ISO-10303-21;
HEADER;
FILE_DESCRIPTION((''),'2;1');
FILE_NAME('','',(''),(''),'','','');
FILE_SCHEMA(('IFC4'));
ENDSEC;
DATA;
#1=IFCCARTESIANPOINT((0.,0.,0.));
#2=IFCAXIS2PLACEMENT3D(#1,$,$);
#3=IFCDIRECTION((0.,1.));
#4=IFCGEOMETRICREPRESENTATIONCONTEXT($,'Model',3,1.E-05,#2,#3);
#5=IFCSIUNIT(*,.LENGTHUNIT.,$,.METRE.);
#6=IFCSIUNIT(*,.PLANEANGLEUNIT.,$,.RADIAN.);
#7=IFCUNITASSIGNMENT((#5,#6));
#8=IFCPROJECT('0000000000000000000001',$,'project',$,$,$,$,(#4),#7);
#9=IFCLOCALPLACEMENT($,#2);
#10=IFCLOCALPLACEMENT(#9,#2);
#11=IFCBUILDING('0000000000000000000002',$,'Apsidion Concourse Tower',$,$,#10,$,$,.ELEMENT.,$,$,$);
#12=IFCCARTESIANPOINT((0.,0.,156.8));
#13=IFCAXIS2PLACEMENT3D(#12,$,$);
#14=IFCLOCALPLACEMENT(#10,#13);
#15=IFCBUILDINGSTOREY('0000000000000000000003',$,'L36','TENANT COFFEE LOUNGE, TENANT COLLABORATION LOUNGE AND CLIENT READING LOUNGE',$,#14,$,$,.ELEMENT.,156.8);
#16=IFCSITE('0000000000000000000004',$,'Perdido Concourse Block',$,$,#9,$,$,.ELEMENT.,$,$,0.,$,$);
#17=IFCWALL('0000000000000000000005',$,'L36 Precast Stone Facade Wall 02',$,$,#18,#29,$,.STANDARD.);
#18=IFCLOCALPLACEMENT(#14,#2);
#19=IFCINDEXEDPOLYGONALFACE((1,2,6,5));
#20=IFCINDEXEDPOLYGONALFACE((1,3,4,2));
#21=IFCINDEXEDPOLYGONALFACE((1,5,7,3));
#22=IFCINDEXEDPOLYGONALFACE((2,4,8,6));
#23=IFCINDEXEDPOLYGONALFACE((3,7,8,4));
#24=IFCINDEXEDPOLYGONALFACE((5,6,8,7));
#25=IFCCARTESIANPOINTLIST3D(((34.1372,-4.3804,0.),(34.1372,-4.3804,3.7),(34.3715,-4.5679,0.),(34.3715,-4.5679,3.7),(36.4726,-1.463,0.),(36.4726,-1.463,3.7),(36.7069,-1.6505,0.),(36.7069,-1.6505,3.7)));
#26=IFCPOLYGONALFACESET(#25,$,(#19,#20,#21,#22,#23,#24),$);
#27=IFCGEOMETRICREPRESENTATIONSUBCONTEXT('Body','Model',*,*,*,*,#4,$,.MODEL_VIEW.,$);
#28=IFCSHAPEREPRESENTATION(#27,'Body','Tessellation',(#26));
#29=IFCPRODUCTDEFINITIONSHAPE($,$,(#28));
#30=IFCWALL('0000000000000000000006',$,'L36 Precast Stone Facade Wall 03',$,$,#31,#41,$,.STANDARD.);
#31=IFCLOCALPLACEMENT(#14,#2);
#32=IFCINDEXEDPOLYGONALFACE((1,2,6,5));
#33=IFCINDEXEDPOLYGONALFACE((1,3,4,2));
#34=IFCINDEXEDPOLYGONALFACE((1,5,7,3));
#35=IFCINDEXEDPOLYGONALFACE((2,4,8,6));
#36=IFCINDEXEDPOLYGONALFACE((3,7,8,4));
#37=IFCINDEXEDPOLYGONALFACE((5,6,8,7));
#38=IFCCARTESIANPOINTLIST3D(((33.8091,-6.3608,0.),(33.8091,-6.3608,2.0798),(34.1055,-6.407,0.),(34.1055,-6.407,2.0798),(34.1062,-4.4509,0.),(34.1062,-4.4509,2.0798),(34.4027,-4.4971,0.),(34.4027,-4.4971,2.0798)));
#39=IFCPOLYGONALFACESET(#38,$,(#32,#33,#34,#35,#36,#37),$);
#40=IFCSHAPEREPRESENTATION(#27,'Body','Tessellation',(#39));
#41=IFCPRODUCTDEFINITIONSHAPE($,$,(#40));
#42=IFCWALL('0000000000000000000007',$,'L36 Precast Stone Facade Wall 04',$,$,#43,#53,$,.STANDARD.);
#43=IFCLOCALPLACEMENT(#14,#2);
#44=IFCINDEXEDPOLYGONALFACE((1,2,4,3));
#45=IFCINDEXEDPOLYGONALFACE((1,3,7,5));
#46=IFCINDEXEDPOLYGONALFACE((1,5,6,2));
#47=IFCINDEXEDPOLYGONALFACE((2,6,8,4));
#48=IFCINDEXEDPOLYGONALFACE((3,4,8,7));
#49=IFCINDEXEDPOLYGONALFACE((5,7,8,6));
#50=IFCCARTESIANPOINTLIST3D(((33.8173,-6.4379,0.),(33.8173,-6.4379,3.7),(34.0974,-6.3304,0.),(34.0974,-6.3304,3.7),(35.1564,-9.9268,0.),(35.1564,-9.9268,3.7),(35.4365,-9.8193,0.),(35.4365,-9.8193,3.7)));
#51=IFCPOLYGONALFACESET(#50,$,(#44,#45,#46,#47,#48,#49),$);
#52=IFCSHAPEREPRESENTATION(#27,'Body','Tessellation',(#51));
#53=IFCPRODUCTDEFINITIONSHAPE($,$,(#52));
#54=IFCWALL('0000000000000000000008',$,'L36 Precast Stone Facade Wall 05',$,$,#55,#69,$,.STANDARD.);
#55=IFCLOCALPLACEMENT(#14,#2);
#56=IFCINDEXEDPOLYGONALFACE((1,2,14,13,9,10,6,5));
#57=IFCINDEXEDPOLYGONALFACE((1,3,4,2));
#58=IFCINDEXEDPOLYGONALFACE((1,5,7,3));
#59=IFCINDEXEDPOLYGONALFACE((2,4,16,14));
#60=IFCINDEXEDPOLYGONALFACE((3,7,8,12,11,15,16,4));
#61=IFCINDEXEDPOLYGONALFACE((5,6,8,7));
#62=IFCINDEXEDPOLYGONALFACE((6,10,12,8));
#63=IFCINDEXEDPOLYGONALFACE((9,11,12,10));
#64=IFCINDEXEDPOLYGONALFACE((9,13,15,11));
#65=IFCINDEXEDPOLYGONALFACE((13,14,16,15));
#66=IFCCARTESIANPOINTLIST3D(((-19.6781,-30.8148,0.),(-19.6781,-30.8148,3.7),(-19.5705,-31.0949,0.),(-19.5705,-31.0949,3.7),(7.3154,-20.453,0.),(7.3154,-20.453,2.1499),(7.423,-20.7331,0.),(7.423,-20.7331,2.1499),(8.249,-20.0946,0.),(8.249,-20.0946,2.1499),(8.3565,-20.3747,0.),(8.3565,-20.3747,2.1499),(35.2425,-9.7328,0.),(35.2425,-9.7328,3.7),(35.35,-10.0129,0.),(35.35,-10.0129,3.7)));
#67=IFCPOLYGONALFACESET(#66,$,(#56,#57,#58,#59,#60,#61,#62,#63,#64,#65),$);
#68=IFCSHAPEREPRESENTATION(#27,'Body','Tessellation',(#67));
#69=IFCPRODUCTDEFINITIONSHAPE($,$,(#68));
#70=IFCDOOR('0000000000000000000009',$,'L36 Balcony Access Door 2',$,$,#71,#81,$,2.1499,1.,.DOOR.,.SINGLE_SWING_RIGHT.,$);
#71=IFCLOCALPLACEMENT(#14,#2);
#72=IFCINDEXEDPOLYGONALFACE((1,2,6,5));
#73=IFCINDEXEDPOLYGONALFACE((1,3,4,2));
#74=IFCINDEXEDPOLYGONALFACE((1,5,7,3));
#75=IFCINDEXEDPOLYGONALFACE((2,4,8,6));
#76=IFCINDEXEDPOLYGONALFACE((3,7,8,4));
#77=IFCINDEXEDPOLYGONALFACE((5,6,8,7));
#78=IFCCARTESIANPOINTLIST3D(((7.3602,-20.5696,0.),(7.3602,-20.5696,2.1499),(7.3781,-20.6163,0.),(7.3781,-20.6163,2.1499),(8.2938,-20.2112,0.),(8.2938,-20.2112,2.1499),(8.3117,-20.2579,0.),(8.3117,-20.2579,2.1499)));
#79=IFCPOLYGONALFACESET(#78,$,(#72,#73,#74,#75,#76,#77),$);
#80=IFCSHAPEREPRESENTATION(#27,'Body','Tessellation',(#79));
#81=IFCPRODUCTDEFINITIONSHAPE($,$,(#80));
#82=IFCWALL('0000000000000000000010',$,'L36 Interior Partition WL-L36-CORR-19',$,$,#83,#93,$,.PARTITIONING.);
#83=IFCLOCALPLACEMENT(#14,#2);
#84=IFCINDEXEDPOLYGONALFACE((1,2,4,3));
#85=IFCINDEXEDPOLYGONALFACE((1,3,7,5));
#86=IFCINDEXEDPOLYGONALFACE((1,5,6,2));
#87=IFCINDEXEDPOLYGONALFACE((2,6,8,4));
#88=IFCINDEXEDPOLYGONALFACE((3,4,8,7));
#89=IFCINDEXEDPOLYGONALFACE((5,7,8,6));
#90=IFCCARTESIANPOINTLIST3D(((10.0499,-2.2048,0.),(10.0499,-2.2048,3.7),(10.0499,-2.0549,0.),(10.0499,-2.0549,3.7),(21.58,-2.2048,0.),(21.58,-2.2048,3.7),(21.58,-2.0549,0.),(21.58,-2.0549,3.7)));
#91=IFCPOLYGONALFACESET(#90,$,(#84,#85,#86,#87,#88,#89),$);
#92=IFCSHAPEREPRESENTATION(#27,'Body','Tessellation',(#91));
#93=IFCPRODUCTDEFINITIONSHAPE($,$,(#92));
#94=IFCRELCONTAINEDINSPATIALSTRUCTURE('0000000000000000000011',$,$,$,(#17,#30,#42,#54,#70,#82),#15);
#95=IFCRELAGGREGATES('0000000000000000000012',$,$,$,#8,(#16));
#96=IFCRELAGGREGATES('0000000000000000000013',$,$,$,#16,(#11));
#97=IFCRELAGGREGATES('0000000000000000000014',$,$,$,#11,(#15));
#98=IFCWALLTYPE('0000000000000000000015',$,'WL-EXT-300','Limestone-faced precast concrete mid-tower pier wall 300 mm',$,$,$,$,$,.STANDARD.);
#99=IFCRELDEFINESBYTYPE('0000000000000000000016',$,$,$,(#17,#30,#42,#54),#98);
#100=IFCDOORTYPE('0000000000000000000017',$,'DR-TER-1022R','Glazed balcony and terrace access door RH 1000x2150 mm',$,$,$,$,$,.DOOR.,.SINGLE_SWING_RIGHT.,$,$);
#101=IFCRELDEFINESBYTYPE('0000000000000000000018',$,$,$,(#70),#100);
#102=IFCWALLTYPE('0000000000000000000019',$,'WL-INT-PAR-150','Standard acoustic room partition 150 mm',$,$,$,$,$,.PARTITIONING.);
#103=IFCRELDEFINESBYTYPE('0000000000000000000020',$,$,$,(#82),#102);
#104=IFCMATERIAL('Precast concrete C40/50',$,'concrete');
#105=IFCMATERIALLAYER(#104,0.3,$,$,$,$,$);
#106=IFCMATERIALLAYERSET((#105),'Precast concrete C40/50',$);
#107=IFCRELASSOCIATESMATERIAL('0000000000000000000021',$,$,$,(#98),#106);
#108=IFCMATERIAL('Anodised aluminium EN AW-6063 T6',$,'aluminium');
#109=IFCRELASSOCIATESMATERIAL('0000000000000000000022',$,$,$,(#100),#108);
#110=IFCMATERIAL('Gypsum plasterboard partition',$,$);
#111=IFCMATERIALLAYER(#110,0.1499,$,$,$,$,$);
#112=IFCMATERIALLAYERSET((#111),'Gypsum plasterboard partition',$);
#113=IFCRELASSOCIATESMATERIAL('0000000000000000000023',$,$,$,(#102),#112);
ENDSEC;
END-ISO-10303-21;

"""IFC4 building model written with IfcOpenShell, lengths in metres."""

from ifc_helpers import new_model, si_unit, direction, frame, frame_2d, origin, place, context, subcontext, project, spatial, rectangle, extrude, material, layer, layer_set, type_object, element, fill, save


model = new_model("IFC4")

# Units and contexts
model_context = context("Model", 3, precision=1e-05, world=origin(), true_north=direction((0.0, 1.0)))
body_context = subcontext(model_context, "Body", "Model", "MODEL_VIEW")
ifc_project = project(units=[si_unit("LENGTHUNIT", "METRE"), si_unit("PLANEANGLEUNIT", "RADIAN")], contexts=[model_context])

# Site, building, storey
site_placement = place(None, origin())
site = spatial("IfcSite", under=ifc_project, at=site_placement, Name="Perdido Concourse Block", CompositionType="ELEMENT", RefElevation=0.0)
building_placement = place(site_placement, origin())
building = spatial("IfcBuilding", under=site, at=building_placement, Name="Apsidion Concourse Tower", CompositionType="ELEMENT")
storey_placement = place(building_placement, frame((0.0, 0.0, 156.8)))
storey = spatial("IfcBuildingStorey", under=building, at=storey_placement, Name="L36", Description="TENANT COFFEE LOUNGE, TENANT COLLABORATION LOUNGE AND CLIENT READING LOUNGE", CompositionType="ELEMENT", Elevation=156.8)

# Walls
ifc_material_1 = material(Name="Precast concrete C40/50", Category="concrete")
ifc_layer_1 = layer(ifc_material_1, 0.3)
ifc_layer_set_1 = layer_set([ifc_layer_1], Name="Precast concrete C40/50")
wall_type_1 = type_object("IfcWallType", Name="WL-EXT-300", Description="Limestone-faced precast concrete mid-tower pier wall 300 mm", PredefinedType="STANDARD", material=ifc_layer_set_1)
wall_1_placement = place(storey_placement, frame((36.5898, -1.5566, 0.0), z_axis=(0.0, 0.0, 1.0), x_axis=(-0.624934, -0.780678, 0.0)))
element("IfcWall", 1, at=wall_1_placement, inside=storey, type_object=wall_type_1, Name="L36 Precast Stone Facade Wall 02", PredefinedType="STANDARD", context=body_context, shape_type="SweptSolid", body=[
    extrude(rectangle(XDim=3.7371, YDim=0.3, at=frame_2d((1.8687, 0.0))), origin(), (0.0, 0.0, 1.0), 3.7),
])
wall_2_placement = place(storey_placement, frame((34.2544, -4.4741, 0.0), z_axis=(0.0, 0.0, 1.0), x_axis=(-0.153718, -0.988115, 0.0)))
element("IfcWall", 2, at=wall_2_placement, inside=storey, type_object=wall_type_1, Name="L36 Precast Stone Facade Wall 03", PredefinedType="STANDARD", context=body_context, shape_type="SweptSolid", body=[
    extrude(rectangle(XDim=1.9329, YDim=0.3, at=frame_2d((0.9663, 0.0))), origin(), (0.0, 0.0, 1.0), 2.0798),
])
wall_3_placement = place(storey_placement, frame((33.9573, -6.384, 0.0), z_axis=(0.0, 0.0, 1.0), x_axis=(0.358344, -0.93359, 0.0)))
element("IfcWall", 3, at=wall_3_placement, inside=storey, type_object=wall_type_1, Name="L36 Precast Stone Facade Wall 04", PredefinedType="STANDARD", context=body_context, shape_type="SweptSolid", body=[
    extrude(rectangle(XDim=3.7371, YDim=0.3, at=frame_2d((1.8687, 0.0))), origin(), (0.0, 0.0, 1.0), 3.7),
])

# Wall, opening, door
wall_4_placement = place(storey_placement, frame((35.2964, -9.8728, 0.0), z_axis=(0.0, 0.0, 1.0), x_axis=(-0.933581, -0.358367, 0.0)))
wall_4 = element("IfcWall", 4, at=wall_4_placement, inside=storey, type_object=wall_type_1, Name="L36 Precast Stone Facade Wall 05", PredefinedType="STANDARD", context=body_context, shape_type="SweptSolid", body=[
    extrude(rectangle(XDim=58.8279, YDim=0.3, at=frame_2d((29.4141, 0.0))), origin(), (0.0, 0.0, 1.0), 3.7),
])
opening_placement = place(wall_4_placement, frame((28.9141, 0.0, 0.0)))
opening = element("IfcOpeningElement", 5, at=opening_placement, cuts=wall_4, PredefinedType="OPENING", context=body_context, shape_type="SweptSolid", body=[
    extrude(rectangle(XDim=1.0, YDim=2.1499, at=frame_2d((0.5, 1.075))), frame((0.0, 0.1602, 0.0), z_axis=(0.0, -1.0, 0.0), x_axis=(1.0, 0.0, 0.0)), (0.0, 0.0, 1.0), 0.3201),
])
ifc_material_2 = material(Name="Anodised aluminium EN AW-6063 T6", Category="aluminium")
door_type = type_object("IfcDoorType", Name="DR-TER-1022R", Description="Glazed balcony and terrace access door RH 1000x2150 mm", OperationType="SINGLE_SWING_RIGHT", PredefinedType="DOOR", material=ifc_material_2)
door_placement = place(opening_placement, origin())
door = element("IfcDoor", 6, at=door_placement, inside=storey, type_object=door_type, Name="L36 Balcony Access Door 2", OperationType="SINGLE_SWING_RIGHT", OverallHeight=2.1499, OverallWidth=1.0, PredefinedType="DOOR", context=body_context, shape_type="SweptSolid", body=[
    extrude(rectangle(XDim=1.0, YDim=2.1499, at=frame_2d((0.5, 1.075))), frame((0.0, 0.0249, 0.0), z_axis=(0.0, -1.0, 0.0), x_axis=(1.0, 0.0, 0.0)), (0.0, 0.0, 1.0), 0.05),
])
fill(opening, door)

# Wall
ifc_material_3 = material(Name="Gypsum plasterboard partition")
ifc_layer_2 = layer(ifc_material_3, 0.1499)
ifc_layer_set_2 = layer_set([ifc_layer_2], Name="Gypsum plasterboard partition")
wall_type_2 = type_object("IfcWallType", Name="WL-INT-PAR-150", Description="Standard acoustic room partition 150 mm", PredefinedType="PARTITIONING", material=ifc_layer_set_2)
wall_5_placement = place(storey_placement, frame((21.5801, -2.1299, 0.0), z_axis=(0.0, 0.0, 1.0), x_axis=(-1.0, 0.0, 0.0)))
element("IfcWall", 7, at=wall_5_placement, inside=storey, type_object=wall_type_2, Name="L36 Interior Partition WL-L36-CORR-19", PredefinedType="PARTITIONING", context=body_context, shape_type="SweptSolid", body=[
    extrude(rectangle(XDim=11.53, YDim=0.1499, at=frame_2d((5.7651, 0.0))), origin(), (0.0, 0.0, 1.0), 3.7),
])

save(model, "model.ifc")
